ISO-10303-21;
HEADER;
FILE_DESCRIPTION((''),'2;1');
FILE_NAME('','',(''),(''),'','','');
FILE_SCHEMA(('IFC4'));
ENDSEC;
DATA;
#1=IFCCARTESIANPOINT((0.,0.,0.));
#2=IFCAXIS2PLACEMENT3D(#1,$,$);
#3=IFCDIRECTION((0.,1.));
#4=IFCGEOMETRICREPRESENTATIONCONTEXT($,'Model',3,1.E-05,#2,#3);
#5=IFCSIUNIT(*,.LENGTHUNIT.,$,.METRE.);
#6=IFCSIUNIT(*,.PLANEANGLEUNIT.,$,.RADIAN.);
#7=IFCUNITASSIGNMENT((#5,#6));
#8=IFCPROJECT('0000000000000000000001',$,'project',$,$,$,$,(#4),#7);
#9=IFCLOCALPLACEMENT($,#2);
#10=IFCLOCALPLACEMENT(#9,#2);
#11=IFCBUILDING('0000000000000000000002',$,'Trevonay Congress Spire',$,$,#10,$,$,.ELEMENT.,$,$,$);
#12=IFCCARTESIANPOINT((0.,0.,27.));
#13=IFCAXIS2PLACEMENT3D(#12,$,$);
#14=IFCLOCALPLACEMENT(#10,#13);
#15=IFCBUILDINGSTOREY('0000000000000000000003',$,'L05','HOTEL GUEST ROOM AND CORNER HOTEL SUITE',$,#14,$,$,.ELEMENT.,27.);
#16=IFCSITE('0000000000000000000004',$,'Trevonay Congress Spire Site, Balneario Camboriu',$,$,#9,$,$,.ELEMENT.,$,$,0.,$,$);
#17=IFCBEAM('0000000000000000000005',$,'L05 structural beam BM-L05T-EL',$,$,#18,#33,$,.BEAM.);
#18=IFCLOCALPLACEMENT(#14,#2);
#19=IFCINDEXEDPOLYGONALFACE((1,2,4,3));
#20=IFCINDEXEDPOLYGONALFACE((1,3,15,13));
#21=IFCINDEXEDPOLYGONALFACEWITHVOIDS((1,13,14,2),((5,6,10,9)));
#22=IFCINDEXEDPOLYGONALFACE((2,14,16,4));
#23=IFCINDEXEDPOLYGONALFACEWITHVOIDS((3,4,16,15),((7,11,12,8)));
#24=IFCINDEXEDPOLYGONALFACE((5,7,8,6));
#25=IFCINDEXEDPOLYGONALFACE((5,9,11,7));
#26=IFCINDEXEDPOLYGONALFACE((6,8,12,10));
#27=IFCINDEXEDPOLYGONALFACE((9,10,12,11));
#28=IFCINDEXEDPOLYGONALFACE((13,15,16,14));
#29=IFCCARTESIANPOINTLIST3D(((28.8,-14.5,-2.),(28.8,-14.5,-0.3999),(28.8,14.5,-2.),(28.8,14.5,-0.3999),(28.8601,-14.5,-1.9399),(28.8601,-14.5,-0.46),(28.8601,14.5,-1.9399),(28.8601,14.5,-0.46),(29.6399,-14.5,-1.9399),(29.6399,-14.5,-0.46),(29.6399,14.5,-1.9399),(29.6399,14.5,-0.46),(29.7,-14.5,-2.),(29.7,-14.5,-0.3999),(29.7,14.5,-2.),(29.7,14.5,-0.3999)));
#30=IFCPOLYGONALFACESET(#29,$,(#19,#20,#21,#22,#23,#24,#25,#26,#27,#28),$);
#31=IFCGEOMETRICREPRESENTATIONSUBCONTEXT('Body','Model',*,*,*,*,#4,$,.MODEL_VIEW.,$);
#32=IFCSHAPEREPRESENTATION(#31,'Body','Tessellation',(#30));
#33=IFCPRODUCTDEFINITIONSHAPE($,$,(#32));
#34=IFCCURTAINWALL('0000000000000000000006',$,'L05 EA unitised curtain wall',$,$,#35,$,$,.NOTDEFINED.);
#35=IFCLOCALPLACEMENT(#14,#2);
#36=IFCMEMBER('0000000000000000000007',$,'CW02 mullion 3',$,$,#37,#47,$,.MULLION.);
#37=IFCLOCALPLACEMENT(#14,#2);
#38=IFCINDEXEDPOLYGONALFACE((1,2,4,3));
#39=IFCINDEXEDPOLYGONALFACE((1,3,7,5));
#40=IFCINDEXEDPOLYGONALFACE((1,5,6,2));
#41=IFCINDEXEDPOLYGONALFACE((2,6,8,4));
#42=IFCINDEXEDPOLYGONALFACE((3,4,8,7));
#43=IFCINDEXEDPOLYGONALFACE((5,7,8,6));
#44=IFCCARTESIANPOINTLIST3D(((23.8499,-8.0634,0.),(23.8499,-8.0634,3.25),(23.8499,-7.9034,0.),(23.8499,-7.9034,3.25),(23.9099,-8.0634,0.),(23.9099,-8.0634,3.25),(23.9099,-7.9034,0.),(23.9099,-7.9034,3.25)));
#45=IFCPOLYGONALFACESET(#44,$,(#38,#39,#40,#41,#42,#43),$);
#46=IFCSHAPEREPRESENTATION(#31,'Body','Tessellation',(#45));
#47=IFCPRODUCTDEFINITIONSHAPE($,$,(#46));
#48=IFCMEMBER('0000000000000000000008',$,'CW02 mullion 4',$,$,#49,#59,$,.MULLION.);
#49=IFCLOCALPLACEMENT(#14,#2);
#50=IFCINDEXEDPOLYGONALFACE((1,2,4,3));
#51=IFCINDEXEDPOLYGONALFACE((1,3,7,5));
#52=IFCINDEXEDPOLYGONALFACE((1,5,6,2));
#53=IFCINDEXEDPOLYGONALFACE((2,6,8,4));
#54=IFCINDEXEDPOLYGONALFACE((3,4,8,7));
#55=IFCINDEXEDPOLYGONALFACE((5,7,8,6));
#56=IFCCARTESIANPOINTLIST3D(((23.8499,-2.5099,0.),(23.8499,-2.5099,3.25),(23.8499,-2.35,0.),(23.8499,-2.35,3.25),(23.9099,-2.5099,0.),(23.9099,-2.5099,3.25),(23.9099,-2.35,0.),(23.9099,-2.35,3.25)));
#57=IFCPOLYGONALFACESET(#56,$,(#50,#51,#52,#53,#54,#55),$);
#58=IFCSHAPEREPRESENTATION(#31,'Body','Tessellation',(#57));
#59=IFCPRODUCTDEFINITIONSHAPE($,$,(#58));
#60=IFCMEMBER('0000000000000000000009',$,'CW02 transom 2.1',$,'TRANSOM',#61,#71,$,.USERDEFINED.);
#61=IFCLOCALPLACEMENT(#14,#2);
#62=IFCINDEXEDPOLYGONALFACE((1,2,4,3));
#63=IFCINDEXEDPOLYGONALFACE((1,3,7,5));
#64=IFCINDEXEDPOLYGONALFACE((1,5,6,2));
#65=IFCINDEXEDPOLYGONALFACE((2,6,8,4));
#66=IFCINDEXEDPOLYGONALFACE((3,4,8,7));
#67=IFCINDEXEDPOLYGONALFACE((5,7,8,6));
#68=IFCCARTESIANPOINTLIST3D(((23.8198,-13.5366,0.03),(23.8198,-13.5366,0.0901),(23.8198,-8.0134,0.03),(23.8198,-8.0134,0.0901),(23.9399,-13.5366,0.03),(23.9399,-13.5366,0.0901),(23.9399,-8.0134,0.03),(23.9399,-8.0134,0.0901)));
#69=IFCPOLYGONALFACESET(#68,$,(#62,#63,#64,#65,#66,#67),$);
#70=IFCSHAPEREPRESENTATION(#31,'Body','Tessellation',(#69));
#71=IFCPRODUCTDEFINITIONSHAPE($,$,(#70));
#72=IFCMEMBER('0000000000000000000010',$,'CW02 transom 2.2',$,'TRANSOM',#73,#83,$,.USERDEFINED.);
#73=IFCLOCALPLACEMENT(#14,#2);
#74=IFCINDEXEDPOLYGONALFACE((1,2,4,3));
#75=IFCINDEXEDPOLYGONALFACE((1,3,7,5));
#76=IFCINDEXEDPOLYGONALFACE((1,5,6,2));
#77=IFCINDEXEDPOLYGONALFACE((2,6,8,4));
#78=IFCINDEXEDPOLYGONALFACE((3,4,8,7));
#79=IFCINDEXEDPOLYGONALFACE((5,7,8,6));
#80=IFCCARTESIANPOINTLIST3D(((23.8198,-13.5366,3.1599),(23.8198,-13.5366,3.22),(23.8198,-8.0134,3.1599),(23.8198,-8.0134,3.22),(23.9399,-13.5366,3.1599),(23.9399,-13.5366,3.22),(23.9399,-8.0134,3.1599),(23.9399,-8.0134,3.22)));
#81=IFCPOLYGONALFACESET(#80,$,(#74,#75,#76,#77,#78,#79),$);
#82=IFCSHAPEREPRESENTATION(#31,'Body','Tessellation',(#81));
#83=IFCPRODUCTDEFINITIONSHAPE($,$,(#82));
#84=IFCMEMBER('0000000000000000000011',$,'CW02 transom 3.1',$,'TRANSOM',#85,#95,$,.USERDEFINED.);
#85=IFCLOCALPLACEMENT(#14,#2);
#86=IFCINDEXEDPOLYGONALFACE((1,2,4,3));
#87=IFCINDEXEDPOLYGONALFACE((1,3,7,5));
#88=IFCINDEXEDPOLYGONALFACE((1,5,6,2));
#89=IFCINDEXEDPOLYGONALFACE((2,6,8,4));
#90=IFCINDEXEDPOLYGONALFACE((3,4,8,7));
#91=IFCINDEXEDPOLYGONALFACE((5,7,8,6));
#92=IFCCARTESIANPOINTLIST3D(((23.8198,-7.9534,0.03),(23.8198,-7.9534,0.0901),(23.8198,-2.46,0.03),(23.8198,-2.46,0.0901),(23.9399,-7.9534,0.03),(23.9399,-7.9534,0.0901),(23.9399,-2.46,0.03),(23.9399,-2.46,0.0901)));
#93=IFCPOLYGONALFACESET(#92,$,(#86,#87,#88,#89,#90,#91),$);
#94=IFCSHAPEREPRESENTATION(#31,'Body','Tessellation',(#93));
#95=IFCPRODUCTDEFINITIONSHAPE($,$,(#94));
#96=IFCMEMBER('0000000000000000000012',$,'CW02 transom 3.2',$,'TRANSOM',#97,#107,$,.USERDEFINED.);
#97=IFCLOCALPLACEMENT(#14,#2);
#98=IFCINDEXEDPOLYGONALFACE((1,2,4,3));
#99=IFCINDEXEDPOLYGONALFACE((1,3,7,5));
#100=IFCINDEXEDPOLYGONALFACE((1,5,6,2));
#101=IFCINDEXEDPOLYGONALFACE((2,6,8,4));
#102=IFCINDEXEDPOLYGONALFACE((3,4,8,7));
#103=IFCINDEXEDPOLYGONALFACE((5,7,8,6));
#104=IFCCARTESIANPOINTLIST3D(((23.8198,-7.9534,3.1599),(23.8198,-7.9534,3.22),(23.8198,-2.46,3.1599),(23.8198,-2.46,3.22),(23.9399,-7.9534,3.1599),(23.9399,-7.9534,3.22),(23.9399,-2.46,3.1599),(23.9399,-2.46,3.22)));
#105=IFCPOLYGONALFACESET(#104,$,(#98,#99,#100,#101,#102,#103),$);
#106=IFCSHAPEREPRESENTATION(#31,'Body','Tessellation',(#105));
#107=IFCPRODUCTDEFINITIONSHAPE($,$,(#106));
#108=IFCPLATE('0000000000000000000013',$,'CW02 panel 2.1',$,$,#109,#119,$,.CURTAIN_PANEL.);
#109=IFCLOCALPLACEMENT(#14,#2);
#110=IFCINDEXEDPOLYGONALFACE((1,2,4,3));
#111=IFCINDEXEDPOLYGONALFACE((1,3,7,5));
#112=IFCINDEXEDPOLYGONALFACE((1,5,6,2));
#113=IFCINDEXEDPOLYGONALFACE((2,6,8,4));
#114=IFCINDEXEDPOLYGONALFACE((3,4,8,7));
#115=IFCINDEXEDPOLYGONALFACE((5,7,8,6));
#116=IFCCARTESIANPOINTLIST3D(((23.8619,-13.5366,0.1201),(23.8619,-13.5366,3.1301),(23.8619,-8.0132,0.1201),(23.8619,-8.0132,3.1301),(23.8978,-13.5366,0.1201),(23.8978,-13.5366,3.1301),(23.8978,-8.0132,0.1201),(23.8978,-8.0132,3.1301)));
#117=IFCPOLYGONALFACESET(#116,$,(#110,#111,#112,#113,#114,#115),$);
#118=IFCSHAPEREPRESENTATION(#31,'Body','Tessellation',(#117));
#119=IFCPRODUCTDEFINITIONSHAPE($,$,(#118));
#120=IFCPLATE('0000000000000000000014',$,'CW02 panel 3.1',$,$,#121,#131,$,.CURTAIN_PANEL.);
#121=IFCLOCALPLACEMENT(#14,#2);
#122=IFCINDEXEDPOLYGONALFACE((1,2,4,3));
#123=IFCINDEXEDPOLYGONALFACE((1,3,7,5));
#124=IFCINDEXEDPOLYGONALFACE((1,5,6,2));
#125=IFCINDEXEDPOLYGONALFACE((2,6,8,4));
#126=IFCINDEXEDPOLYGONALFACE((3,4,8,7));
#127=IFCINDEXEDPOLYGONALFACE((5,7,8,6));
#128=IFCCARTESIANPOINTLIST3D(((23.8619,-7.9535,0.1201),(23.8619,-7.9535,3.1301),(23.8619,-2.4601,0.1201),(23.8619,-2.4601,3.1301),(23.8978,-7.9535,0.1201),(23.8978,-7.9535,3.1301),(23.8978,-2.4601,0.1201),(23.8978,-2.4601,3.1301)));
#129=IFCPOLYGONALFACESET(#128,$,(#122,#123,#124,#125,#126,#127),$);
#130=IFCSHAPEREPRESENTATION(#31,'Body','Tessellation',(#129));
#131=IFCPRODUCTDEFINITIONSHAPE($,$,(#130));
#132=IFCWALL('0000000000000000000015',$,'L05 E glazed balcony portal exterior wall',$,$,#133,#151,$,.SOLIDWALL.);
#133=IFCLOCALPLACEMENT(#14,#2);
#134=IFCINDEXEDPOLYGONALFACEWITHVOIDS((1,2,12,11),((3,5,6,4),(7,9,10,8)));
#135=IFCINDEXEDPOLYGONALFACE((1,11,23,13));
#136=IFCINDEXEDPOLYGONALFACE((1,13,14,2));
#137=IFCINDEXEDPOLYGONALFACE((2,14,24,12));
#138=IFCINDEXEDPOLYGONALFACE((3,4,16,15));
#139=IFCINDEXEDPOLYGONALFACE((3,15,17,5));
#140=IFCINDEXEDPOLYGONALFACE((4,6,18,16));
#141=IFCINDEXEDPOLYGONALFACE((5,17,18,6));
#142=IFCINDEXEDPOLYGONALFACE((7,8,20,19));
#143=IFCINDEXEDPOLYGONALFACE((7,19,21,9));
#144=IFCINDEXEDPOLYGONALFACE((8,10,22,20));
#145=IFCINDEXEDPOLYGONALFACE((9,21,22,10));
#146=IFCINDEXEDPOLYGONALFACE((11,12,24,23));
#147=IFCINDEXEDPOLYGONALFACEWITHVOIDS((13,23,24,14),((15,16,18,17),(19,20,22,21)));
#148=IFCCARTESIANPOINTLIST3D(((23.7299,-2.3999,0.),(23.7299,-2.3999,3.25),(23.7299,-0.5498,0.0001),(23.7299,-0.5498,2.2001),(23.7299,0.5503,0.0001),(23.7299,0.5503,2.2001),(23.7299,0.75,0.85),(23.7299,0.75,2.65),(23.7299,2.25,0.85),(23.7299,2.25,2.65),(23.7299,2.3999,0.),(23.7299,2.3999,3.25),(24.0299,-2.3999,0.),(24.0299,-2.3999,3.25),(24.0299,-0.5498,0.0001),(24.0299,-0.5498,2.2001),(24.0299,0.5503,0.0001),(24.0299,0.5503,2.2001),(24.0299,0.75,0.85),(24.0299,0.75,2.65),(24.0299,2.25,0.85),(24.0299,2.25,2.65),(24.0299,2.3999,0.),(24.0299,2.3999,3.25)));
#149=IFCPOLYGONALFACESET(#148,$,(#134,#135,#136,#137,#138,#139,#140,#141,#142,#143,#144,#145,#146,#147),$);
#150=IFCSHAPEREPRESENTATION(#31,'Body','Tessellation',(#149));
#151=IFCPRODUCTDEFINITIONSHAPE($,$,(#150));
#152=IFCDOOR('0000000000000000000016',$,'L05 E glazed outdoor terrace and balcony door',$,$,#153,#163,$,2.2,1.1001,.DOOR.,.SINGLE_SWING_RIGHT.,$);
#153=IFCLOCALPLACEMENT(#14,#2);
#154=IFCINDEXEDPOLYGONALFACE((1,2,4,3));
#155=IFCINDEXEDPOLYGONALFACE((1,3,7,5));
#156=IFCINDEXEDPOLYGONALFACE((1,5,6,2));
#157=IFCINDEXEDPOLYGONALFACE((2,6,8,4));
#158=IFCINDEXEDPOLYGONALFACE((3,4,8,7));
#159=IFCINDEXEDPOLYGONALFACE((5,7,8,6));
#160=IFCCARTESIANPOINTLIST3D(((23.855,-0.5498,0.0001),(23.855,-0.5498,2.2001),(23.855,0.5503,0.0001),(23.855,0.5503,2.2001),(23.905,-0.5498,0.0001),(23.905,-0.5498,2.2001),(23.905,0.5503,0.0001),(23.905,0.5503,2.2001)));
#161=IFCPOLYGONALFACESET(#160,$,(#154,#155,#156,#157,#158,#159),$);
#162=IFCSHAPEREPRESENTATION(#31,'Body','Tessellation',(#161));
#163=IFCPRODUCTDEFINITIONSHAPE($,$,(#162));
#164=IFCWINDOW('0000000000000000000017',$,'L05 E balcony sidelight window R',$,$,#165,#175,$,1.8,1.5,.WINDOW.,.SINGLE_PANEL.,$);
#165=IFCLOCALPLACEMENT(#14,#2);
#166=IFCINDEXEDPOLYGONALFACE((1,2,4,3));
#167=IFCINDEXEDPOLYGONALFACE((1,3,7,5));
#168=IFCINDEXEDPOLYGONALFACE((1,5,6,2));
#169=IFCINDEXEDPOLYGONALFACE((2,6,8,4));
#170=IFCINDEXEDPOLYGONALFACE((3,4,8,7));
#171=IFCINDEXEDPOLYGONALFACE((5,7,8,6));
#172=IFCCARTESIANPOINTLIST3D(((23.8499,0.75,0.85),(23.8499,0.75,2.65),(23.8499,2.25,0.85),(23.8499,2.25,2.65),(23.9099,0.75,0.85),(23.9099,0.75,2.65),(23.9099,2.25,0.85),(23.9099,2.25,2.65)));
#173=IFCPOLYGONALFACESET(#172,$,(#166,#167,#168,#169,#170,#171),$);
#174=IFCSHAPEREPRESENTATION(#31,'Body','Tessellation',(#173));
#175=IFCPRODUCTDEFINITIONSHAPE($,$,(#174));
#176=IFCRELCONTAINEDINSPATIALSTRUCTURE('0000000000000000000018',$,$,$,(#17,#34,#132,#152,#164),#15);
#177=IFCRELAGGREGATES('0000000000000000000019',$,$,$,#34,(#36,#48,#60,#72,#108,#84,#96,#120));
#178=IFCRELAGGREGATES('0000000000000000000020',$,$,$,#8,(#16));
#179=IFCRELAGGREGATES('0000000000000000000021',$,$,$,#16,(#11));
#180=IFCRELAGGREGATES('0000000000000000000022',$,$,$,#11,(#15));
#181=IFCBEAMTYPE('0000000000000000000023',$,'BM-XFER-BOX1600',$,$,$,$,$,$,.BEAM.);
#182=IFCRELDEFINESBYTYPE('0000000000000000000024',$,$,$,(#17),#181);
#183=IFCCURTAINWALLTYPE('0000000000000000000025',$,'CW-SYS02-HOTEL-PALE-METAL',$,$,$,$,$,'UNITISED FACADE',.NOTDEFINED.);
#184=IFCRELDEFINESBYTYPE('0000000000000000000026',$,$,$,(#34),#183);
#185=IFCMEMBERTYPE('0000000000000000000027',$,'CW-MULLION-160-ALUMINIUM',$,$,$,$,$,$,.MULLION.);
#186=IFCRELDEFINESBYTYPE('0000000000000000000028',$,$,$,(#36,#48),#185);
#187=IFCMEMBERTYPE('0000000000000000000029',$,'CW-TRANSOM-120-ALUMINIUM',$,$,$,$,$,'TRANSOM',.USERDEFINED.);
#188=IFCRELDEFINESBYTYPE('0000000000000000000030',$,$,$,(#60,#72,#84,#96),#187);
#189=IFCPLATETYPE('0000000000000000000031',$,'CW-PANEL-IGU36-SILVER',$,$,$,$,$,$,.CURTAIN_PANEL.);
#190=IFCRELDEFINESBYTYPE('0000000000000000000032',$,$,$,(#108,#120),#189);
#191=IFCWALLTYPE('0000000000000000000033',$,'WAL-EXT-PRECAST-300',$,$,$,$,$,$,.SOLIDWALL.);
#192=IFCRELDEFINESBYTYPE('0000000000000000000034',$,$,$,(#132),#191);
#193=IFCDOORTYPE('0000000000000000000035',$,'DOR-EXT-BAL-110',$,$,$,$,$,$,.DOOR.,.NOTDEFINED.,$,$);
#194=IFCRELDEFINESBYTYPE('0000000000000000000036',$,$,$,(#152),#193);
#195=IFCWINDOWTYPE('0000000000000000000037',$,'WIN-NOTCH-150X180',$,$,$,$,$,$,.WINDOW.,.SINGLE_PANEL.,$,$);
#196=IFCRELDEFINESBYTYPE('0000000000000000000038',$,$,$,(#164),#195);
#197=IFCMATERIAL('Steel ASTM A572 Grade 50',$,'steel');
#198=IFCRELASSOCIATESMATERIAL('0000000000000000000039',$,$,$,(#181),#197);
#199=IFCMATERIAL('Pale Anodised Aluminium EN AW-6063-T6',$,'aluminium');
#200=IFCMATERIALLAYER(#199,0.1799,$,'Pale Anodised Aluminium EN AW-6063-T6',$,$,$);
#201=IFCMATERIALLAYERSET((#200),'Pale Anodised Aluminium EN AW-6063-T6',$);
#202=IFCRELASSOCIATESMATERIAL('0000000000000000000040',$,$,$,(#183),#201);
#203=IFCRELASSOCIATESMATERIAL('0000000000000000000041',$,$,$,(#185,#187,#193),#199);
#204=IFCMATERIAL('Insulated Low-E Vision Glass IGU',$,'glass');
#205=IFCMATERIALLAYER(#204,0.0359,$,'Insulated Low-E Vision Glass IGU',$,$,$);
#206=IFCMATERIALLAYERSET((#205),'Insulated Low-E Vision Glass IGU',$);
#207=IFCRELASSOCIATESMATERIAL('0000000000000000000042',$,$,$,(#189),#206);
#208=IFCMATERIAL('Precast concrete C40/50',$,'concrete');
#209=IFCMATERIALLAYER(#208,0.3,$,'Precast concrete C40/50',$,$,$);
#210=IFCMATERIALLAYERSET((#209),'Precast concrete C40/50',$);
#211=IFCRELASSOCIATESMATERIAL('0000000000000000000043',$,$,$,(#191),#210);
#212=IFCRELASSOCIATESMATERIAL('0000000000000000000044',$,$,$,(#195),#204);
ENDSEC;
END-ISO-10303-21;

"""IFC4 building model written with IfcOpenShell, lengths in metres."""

from ifc_helpers import new_model, si_unit, direction, frame, frame_2d, origin, origin_2d, place, context, subcontext, project, spatial, rectangle, hollow_rectangle, extrude, material, layer, layer_set, material_profile, profile_set, type_object, element, fill, aggregate, save


model = new_model("IFC4")

# Units and contexts
model_context = context("Model", 3, precision=1e-05, world=origin(), true_north=direction((0.0, 1.0)))
body_context = subcontext(model_context, "Body", "Model", "MODEL_VIEW")
ifc_project = project(units=[si_unit("LENGTHUNIT", "METRE"), si_unit("PLANEANGLEUNIT", "RADIAN")], contexts=[model_context])

# Site, building, storey
site_placement = place(None, origin())
site = spatial("IfcSite", under=ifc_project, at=site_placement, Name="Trevonay Congress Spire Site, Balneario Camboriu", CompositionType="ELEMENT", RefElevation=0.0)
building_placement = place(site_placement, origin())
building = spatial("IfcBuilding", under=site, at=building_placement, Name="Trevonay Congress Spire", CompositionType="ELEMENT")
storey_placement = place(building_placement, frame((0.0, 0.0, 27.0)))
storey = spatial("IfcBuildingStorey", under=building, at=storey_placement, Name="L05", Description="HOTEL GUEST ROOM AND CORNER HOTEL SUITE", CompositionType="ELEMENT", Elevation=27.0)

# Beam
ifc_material_1 = material(Name="Steel ASTM A572 Grade 50", Category="steel")
ifc_material_profile_1 = material_profile(ifc_material_1, hollow_rectangle(XDim=0.8999, YDim=1.6001, WallThickness=0.0601, at=origin_2d()), Name="BOX 1600x900x60")
ifc_profile_set_1 = profile_set([ifc_material_profile_1], Name="Steel ASTM A572 Grade 50")
beam_type = type_object("IfcBeamType", Name="BM-XFER-BOX1600", PredefinedType="BEAM", material=ifc_profile_set_1)
beam_placement = place(storey_placement, frame((29.25, -14.5, -1.2), z_axis=(0.0, 1.0, 0.0), x_axis=(-1.0, 0.0, 0.0)))
element("IfcBeam", 1, at=beam_placement, inside=storey, type_object=beam_type, Name="L05 structural beam BM-L05T-EL", PredefinedType="BEAM", context=body_context, shape_type="SweptSolid", body=[
    extrude(hollow_rectangle(XDim=0.8999, YDim=1.6001, WallThickness=0.0601, at=origin_2d()), origin(), (0.0, 0.0, 1.0), 29.0),
])

# Curtain wall, members, plates
ifc_material_2 = material(Name="Pale Anodised Aluminium EN AW-6063-T6", Category="aluminium")
ifc_layer_1 = layer(ifc_material_2, 0.1799, Name="Pale Anodised Aluminium EN AW-6063-T6")
ifc_layer_set_1 = layer_set([ifc_layer_1], Name="Pale Anodised Aluminium EN AW-6063-T6")
curtain_wall_type = type_object("IfcCurtainWallType", Name="CW-SYS02-HOTEL-PALE-METAL", ElementType="UNITISED FACADE", PredefinedType="NOTDEFINED", material=ifc_layer_set_1)
curtain_wall_placement = place(storey_placement, origin())
curtain_wall = element("IfcCurtainWall", 2, at=curtain_wall_placement, inside=storey, type_object=curtain_wall_type, Name="L05 EA unitised curtain wall", PredefinedType="NOTDEFINED")
ifc_material_profile_2 = material_profile(ifc_material_2, rectangle(XDim=0.0601, YDim=0.1599, at=origin_2d()), Name="CW-MULLION-160-ALUMINIUM")
ifc_profile_set_2 = profile_set([ifc_material_profile_2], Name="Pale Anodised Aluminium EN AW-6063-T6")
member_type_1 = type_object("IfcMemberType", Name="CW-MULLION-160-ALUMINIUM", PredefinedType="MULLION", material=ifc_profile_set_2)
member_1_placement = place(storey_placement, frame((23.8799, -7.9834, 0.0), z_axis=(0.0, 0.0, 1.0), x_axis=(-1.0, 0.0, 0.0)))
member_1 = element("IfcMember", 3, at=member_1_placement, type_object=member_type_1, Name="CW02 mullion 3", PredefinedType="MULLION", context=body_context, shape_type="SweptSolid", body=[
    extrude(rectangle(XDim=0.0601, YDim=0.1599, at=origin_2d()), origin(), (0.0, 0.0, 1.0), 3.25),
])
member_2_placement = place(storey_placement, frame((23.8799, -2.4299, 0.0), z_axis=(0.0, 0.0, 1.0), x_axis=(-1.0, 0.0, 0.0)))
member_2 = element("IfcMember", 4, at=member_2_placement, type_object=member_type_1, Name="CW02 mullion 4", PredefinedType="MULLION", context=body_context, shape_type="SweptSolid", body=[
    extrude(rectangle(XDim=0.0601, YDim=0.1599, at=origin_2d()), origin(), (0.0, 0.0, 1.0), 3.25),
])
ifc_material_profile_3 = material_profile(ifc_material_2, rectangle(XDim=0.1201, YDim=0.0601, at=origin_2d()), Name="CW-TRANSOM-120-ALUMINIUM")
ifc_profile_set_3 = profile_set([ifc_material_profile_3], Name="Pale Anodised Aluminium EN AW-6063-T6")
member_type_2 = type_object("IfcMemberType", Name="CW-TRANSOM-120-ALUMINIUM", ElementType="TRANSOM", PredefinedType="USERDEFINED", material=ifc_profile_set_3)
member_3_placement = place(storey_placement, frame((23.8799, -13.5366, 0.0601), z_axis=(0.0, 1.0, 0.0), x_axis=(-1.0, 0.0, 0.0)))
member_3 = element("IfcMember", 5, at=member_3_placement, type_object=member_type_2, Name="CW02 transom 2.1", ObjectType="TRANSOM", PredefinedType="USERDEFINED", context=body_context, shape_type="SweptSolid", body=[
    extrude(rectangle(XDim=0.1201, YDim=0.0601, at=origin_2d()), origin(), (0.0, 0.0, 1.0), 5.5232),
])
member_4_placement = place(storey_placement, frame((23.8799, -13.5366, 3.1899), z_axis=(0.0, 1.0, 0.0), x_axis=(-1.0, 0.0, 0.0)))
member_4 = element("IfcMember", 6, at=member_4_placement, type_object=member_type_2, Name="CW02 transom 2.2", ObjectType="TRANSOM", PredefinedType="USERDEFINED", context=body_context, shape_type="SweptSolid", body=[
    extrude(rectangle(XDim=0.1201, YDim=0.0601, at=origin_2d()), origin(), (0.0, 0.0, 1.0), 5.5232),
])
member_5_placement = place(storey_placement, frame((23.8799, -7.9534, 0.0601), z_axis=(0.0, 1.0, 0.0), x_axis=(-1.0, 0.0, 0.0)))
member_5 = element("IfcMember", 7, at=member_5_placement, type_object=member_type_2, Name="CW02 transom 3.1", ObjectType="TRANSOM", PredefinedType="USERDEFINED", context=body_context, shape_type="SweptSolid", body=[
    extrude(rectangle(XDim=0.1201, YDim=0.0601, at=origin_2d()), origin(), (0.0, 0.0, 1.0), 5.4934),
])
member_6_placement = place(storey_placement, frame((23.8799, -7.9534, 3.1899), z_axis=(0.0, 1.0, 0.0), x_axis=(-1.0, 0.0, 0.0)))
member_6 = element("IfcMember", 8, at=member_6_placement, type_object=member_type_2, Name="CW02 transom 3.2", ObjectType="TRANSOM", PredefinedType="USERDEFINED", context=body_context, shape_type="SweptSolid", body=[
    extrude(rectangle(XDim=0.1201, YDim=0.0601, at=origin_2d()), origin(), (0.0, 0.0, 1.0), 5.4934),
])
ifc_material_3 = material(Name="Insulated Low-E Vision Glass IGU", Category="glass")
ifc_layer_2 = layer(ifc_material_3, 0.0359, Name="Insulated Low-E Vision Glass IGU")
ifc_layer_set_2 = layer_set([ifc_layer_2], Name="Insulated Low-E Vision Glass IGU")
plate_type = type_object("IfcPlateType", Name="CW-PANEL-IGU36-SILVER", PredefinedType="CURTAIN_PANEL", material=ifc_layer_set_2)
plate_1_placement = place(storey_placement, frame((23.8799, -10.7749, 0.1201), z_axis=(0.0, 0.0, 1.0), x_axis=(0.0, 1.0, 0.0)))
plate_1 = element("IfcPlate", 9, at=plate_1_placement, type_object=plate_type, Name="CW02 panel 2.1", PredefinedType="CURTAIN_PANEL", context=body_context, shape_type="SweptSolid", body=[
    extrude(rectangle(XDim=5.5234, YDim=0.0359, at=origin_2d()), origin(), (0.0, 0.0, 1.0), 3.01),
])
plate_2_placement = place(storey_placement, frame((23.8799, -5.2068, 0.1201), z_axis=(0.0, 0.0, 1.0), x_axis=(0.0, 1.0, 0.0)))
plate_2 = element("IfcPlate", 10, at=plate_2_placement, type_object=plate_type, Name="CW02 panel 3.1", PredefinedType="CURTAIN_PANEL", context=body_context, shape_type="SweptSolid", body=[
    extrude(rectangle(XDim=5.4934, YDim=0.0359, at=origin_2d()), origin(), (0.0, 0.0, 1.0), 3.01),
])
aggregate(curtain_wall, [member_1, member_2, member_3, member_4, plate_1, member_5, member_6, plate_2])

# Wall, openings, door, window
ifc_material_4 = material(Name="Precast concrete C40/50", Category="concrete")
ifc_layer_3 = layer(ifc_material_4, 0.3, Name="Precast concrete C40/50")
ifc_layer_set_3 = layer_set([ifc_layer_3], Name="Precast concrete C40/50")
wall_type = type_object("IfcWallType", Name="WAL-EXT-PRECAST-300", PredefinedType="SOLIDWALL", material=ifc_layer_set_3)
wall_placement = place(storey_placement, frame((23.8799, -2.3999, 0.0), z_axis=(0.0, 0.0, 1.0), x_axis=(0.0, 1.0, 0.0)))
wall = element("IfcWall", 11, at=wall_placement, inside=storey, type_object=wall_type, Name="L05 E glazed balcony portal exterior wall", PredefinedType="SOLIDWALL", context=body_context, shape_type="SweptSolid", body=[
    extrude(rectangle(XDim=4.7998, YDim=0.3, at=frame_2d((2.3999, 0.0))), origin(), (0.0, 0.0, 1.0), 3.25),
])
opening_1_placement = place(wall_placement, frame((1.8501, 0.0, 0.0)))
opening_1 = element("IfcOpeningElement", 12, at=opening_1_placement, cuts=wall, PredefinedType="OPENING", context=body_context, shape_type="SweptSolid", body=[
    extrude(rectangle(XDim=1.1001, YDim=2.2, at=frame_2d((0.55, 1.1001))), frame((0.0, 0.1602, 0.0), z_axis=(0.0, -1.0, 0.0), x_axis=(1.0, 0.0, 0.0)), (0.0, 0.0, 1.0), 0.3201),
])
opening_2_placement = place(wall_placement, frame((3.1499, 0.0, 0.8501)))
opening_2 = element("IfcOpeningElement", 13, at=opening_2_placement, cuts=wall, PredefinedType="OPENING", context=body_context, shape_type="SweptSolid", body=[
    extrude(rectangle(XDim=1.5, YDim=1.8, at=frame_2d((0.75, 0.8999))), frame((0.0, 0.1602, 0.0), z_axis=(0.0, -1.0, 0.0), x_axis=(1.0, 0.0, 0.0)), (0.0, 0.0, 1.0), 0.3201),
])
door_type = type_object("IfcDoorType", Name="DOR-EXT-BAL-110", OperationType="NOTDEFINED", PredefinedType="DOOR", material=ifc_material_2)
door_placement = place(opening_1_placement, origin())
door = element("IfcDoor", 14, at=door_placement, inside=storey, type_object=door_type, Name="L05 E glazed outdoor terrace and balcony door", OperationType="SINGLE_SWING_RIGHT", OverallHeight=2.2, OverallWidth=1.1001, PredefinedType="DOOR", context=body_context, shape_type="SweptSolid", body=[
    extrude(rectangle(XDim=1.1001, YDim=2.2, at=frame_2d((0.55, 1.1001))), frame((0.0, 0.0249, 0.0), z_axis=(0.0, -1.0, 0.0), x_axis=(1.0, 0.0, 0.0)), (0.0, 0.0, 1.0), 0.05),
])
fill(opening_1, door)
window_type = type_object("IfcWindowType", Name="WIN-NOTCH-150X180", PartitioningType="SINGLE_PANEL", PredefinedType="WINDOW", material=ifc_material_3)
window_placement = place(opening_2_placement, origin())
window = element("IfcWindow", 15, at=window_placement, inside=storey, type_object=window_type, Name="L05 E balcony sidelight window R", OverallHeight=1.8, OverallWidth=1.5, PartitioningType="SINGLE_PANEL", PredefinedType="WINDOW", context=body_context, shape_type="SweptSolid", body=[
    extrude(rectangle(XDim=1.5, YDim=1.8, at=frame_2d((0.75, 0.8999))), frame((0.0, 0.03, 0.0), z_axis=(0.0, -1.0, 0.0), x_axis=(1.0, 0.0, 0.0)), (0.0, 0.0, 1.0), 0.0601),
])
fill(opening_2, window)

save(model, "model.ifc")
